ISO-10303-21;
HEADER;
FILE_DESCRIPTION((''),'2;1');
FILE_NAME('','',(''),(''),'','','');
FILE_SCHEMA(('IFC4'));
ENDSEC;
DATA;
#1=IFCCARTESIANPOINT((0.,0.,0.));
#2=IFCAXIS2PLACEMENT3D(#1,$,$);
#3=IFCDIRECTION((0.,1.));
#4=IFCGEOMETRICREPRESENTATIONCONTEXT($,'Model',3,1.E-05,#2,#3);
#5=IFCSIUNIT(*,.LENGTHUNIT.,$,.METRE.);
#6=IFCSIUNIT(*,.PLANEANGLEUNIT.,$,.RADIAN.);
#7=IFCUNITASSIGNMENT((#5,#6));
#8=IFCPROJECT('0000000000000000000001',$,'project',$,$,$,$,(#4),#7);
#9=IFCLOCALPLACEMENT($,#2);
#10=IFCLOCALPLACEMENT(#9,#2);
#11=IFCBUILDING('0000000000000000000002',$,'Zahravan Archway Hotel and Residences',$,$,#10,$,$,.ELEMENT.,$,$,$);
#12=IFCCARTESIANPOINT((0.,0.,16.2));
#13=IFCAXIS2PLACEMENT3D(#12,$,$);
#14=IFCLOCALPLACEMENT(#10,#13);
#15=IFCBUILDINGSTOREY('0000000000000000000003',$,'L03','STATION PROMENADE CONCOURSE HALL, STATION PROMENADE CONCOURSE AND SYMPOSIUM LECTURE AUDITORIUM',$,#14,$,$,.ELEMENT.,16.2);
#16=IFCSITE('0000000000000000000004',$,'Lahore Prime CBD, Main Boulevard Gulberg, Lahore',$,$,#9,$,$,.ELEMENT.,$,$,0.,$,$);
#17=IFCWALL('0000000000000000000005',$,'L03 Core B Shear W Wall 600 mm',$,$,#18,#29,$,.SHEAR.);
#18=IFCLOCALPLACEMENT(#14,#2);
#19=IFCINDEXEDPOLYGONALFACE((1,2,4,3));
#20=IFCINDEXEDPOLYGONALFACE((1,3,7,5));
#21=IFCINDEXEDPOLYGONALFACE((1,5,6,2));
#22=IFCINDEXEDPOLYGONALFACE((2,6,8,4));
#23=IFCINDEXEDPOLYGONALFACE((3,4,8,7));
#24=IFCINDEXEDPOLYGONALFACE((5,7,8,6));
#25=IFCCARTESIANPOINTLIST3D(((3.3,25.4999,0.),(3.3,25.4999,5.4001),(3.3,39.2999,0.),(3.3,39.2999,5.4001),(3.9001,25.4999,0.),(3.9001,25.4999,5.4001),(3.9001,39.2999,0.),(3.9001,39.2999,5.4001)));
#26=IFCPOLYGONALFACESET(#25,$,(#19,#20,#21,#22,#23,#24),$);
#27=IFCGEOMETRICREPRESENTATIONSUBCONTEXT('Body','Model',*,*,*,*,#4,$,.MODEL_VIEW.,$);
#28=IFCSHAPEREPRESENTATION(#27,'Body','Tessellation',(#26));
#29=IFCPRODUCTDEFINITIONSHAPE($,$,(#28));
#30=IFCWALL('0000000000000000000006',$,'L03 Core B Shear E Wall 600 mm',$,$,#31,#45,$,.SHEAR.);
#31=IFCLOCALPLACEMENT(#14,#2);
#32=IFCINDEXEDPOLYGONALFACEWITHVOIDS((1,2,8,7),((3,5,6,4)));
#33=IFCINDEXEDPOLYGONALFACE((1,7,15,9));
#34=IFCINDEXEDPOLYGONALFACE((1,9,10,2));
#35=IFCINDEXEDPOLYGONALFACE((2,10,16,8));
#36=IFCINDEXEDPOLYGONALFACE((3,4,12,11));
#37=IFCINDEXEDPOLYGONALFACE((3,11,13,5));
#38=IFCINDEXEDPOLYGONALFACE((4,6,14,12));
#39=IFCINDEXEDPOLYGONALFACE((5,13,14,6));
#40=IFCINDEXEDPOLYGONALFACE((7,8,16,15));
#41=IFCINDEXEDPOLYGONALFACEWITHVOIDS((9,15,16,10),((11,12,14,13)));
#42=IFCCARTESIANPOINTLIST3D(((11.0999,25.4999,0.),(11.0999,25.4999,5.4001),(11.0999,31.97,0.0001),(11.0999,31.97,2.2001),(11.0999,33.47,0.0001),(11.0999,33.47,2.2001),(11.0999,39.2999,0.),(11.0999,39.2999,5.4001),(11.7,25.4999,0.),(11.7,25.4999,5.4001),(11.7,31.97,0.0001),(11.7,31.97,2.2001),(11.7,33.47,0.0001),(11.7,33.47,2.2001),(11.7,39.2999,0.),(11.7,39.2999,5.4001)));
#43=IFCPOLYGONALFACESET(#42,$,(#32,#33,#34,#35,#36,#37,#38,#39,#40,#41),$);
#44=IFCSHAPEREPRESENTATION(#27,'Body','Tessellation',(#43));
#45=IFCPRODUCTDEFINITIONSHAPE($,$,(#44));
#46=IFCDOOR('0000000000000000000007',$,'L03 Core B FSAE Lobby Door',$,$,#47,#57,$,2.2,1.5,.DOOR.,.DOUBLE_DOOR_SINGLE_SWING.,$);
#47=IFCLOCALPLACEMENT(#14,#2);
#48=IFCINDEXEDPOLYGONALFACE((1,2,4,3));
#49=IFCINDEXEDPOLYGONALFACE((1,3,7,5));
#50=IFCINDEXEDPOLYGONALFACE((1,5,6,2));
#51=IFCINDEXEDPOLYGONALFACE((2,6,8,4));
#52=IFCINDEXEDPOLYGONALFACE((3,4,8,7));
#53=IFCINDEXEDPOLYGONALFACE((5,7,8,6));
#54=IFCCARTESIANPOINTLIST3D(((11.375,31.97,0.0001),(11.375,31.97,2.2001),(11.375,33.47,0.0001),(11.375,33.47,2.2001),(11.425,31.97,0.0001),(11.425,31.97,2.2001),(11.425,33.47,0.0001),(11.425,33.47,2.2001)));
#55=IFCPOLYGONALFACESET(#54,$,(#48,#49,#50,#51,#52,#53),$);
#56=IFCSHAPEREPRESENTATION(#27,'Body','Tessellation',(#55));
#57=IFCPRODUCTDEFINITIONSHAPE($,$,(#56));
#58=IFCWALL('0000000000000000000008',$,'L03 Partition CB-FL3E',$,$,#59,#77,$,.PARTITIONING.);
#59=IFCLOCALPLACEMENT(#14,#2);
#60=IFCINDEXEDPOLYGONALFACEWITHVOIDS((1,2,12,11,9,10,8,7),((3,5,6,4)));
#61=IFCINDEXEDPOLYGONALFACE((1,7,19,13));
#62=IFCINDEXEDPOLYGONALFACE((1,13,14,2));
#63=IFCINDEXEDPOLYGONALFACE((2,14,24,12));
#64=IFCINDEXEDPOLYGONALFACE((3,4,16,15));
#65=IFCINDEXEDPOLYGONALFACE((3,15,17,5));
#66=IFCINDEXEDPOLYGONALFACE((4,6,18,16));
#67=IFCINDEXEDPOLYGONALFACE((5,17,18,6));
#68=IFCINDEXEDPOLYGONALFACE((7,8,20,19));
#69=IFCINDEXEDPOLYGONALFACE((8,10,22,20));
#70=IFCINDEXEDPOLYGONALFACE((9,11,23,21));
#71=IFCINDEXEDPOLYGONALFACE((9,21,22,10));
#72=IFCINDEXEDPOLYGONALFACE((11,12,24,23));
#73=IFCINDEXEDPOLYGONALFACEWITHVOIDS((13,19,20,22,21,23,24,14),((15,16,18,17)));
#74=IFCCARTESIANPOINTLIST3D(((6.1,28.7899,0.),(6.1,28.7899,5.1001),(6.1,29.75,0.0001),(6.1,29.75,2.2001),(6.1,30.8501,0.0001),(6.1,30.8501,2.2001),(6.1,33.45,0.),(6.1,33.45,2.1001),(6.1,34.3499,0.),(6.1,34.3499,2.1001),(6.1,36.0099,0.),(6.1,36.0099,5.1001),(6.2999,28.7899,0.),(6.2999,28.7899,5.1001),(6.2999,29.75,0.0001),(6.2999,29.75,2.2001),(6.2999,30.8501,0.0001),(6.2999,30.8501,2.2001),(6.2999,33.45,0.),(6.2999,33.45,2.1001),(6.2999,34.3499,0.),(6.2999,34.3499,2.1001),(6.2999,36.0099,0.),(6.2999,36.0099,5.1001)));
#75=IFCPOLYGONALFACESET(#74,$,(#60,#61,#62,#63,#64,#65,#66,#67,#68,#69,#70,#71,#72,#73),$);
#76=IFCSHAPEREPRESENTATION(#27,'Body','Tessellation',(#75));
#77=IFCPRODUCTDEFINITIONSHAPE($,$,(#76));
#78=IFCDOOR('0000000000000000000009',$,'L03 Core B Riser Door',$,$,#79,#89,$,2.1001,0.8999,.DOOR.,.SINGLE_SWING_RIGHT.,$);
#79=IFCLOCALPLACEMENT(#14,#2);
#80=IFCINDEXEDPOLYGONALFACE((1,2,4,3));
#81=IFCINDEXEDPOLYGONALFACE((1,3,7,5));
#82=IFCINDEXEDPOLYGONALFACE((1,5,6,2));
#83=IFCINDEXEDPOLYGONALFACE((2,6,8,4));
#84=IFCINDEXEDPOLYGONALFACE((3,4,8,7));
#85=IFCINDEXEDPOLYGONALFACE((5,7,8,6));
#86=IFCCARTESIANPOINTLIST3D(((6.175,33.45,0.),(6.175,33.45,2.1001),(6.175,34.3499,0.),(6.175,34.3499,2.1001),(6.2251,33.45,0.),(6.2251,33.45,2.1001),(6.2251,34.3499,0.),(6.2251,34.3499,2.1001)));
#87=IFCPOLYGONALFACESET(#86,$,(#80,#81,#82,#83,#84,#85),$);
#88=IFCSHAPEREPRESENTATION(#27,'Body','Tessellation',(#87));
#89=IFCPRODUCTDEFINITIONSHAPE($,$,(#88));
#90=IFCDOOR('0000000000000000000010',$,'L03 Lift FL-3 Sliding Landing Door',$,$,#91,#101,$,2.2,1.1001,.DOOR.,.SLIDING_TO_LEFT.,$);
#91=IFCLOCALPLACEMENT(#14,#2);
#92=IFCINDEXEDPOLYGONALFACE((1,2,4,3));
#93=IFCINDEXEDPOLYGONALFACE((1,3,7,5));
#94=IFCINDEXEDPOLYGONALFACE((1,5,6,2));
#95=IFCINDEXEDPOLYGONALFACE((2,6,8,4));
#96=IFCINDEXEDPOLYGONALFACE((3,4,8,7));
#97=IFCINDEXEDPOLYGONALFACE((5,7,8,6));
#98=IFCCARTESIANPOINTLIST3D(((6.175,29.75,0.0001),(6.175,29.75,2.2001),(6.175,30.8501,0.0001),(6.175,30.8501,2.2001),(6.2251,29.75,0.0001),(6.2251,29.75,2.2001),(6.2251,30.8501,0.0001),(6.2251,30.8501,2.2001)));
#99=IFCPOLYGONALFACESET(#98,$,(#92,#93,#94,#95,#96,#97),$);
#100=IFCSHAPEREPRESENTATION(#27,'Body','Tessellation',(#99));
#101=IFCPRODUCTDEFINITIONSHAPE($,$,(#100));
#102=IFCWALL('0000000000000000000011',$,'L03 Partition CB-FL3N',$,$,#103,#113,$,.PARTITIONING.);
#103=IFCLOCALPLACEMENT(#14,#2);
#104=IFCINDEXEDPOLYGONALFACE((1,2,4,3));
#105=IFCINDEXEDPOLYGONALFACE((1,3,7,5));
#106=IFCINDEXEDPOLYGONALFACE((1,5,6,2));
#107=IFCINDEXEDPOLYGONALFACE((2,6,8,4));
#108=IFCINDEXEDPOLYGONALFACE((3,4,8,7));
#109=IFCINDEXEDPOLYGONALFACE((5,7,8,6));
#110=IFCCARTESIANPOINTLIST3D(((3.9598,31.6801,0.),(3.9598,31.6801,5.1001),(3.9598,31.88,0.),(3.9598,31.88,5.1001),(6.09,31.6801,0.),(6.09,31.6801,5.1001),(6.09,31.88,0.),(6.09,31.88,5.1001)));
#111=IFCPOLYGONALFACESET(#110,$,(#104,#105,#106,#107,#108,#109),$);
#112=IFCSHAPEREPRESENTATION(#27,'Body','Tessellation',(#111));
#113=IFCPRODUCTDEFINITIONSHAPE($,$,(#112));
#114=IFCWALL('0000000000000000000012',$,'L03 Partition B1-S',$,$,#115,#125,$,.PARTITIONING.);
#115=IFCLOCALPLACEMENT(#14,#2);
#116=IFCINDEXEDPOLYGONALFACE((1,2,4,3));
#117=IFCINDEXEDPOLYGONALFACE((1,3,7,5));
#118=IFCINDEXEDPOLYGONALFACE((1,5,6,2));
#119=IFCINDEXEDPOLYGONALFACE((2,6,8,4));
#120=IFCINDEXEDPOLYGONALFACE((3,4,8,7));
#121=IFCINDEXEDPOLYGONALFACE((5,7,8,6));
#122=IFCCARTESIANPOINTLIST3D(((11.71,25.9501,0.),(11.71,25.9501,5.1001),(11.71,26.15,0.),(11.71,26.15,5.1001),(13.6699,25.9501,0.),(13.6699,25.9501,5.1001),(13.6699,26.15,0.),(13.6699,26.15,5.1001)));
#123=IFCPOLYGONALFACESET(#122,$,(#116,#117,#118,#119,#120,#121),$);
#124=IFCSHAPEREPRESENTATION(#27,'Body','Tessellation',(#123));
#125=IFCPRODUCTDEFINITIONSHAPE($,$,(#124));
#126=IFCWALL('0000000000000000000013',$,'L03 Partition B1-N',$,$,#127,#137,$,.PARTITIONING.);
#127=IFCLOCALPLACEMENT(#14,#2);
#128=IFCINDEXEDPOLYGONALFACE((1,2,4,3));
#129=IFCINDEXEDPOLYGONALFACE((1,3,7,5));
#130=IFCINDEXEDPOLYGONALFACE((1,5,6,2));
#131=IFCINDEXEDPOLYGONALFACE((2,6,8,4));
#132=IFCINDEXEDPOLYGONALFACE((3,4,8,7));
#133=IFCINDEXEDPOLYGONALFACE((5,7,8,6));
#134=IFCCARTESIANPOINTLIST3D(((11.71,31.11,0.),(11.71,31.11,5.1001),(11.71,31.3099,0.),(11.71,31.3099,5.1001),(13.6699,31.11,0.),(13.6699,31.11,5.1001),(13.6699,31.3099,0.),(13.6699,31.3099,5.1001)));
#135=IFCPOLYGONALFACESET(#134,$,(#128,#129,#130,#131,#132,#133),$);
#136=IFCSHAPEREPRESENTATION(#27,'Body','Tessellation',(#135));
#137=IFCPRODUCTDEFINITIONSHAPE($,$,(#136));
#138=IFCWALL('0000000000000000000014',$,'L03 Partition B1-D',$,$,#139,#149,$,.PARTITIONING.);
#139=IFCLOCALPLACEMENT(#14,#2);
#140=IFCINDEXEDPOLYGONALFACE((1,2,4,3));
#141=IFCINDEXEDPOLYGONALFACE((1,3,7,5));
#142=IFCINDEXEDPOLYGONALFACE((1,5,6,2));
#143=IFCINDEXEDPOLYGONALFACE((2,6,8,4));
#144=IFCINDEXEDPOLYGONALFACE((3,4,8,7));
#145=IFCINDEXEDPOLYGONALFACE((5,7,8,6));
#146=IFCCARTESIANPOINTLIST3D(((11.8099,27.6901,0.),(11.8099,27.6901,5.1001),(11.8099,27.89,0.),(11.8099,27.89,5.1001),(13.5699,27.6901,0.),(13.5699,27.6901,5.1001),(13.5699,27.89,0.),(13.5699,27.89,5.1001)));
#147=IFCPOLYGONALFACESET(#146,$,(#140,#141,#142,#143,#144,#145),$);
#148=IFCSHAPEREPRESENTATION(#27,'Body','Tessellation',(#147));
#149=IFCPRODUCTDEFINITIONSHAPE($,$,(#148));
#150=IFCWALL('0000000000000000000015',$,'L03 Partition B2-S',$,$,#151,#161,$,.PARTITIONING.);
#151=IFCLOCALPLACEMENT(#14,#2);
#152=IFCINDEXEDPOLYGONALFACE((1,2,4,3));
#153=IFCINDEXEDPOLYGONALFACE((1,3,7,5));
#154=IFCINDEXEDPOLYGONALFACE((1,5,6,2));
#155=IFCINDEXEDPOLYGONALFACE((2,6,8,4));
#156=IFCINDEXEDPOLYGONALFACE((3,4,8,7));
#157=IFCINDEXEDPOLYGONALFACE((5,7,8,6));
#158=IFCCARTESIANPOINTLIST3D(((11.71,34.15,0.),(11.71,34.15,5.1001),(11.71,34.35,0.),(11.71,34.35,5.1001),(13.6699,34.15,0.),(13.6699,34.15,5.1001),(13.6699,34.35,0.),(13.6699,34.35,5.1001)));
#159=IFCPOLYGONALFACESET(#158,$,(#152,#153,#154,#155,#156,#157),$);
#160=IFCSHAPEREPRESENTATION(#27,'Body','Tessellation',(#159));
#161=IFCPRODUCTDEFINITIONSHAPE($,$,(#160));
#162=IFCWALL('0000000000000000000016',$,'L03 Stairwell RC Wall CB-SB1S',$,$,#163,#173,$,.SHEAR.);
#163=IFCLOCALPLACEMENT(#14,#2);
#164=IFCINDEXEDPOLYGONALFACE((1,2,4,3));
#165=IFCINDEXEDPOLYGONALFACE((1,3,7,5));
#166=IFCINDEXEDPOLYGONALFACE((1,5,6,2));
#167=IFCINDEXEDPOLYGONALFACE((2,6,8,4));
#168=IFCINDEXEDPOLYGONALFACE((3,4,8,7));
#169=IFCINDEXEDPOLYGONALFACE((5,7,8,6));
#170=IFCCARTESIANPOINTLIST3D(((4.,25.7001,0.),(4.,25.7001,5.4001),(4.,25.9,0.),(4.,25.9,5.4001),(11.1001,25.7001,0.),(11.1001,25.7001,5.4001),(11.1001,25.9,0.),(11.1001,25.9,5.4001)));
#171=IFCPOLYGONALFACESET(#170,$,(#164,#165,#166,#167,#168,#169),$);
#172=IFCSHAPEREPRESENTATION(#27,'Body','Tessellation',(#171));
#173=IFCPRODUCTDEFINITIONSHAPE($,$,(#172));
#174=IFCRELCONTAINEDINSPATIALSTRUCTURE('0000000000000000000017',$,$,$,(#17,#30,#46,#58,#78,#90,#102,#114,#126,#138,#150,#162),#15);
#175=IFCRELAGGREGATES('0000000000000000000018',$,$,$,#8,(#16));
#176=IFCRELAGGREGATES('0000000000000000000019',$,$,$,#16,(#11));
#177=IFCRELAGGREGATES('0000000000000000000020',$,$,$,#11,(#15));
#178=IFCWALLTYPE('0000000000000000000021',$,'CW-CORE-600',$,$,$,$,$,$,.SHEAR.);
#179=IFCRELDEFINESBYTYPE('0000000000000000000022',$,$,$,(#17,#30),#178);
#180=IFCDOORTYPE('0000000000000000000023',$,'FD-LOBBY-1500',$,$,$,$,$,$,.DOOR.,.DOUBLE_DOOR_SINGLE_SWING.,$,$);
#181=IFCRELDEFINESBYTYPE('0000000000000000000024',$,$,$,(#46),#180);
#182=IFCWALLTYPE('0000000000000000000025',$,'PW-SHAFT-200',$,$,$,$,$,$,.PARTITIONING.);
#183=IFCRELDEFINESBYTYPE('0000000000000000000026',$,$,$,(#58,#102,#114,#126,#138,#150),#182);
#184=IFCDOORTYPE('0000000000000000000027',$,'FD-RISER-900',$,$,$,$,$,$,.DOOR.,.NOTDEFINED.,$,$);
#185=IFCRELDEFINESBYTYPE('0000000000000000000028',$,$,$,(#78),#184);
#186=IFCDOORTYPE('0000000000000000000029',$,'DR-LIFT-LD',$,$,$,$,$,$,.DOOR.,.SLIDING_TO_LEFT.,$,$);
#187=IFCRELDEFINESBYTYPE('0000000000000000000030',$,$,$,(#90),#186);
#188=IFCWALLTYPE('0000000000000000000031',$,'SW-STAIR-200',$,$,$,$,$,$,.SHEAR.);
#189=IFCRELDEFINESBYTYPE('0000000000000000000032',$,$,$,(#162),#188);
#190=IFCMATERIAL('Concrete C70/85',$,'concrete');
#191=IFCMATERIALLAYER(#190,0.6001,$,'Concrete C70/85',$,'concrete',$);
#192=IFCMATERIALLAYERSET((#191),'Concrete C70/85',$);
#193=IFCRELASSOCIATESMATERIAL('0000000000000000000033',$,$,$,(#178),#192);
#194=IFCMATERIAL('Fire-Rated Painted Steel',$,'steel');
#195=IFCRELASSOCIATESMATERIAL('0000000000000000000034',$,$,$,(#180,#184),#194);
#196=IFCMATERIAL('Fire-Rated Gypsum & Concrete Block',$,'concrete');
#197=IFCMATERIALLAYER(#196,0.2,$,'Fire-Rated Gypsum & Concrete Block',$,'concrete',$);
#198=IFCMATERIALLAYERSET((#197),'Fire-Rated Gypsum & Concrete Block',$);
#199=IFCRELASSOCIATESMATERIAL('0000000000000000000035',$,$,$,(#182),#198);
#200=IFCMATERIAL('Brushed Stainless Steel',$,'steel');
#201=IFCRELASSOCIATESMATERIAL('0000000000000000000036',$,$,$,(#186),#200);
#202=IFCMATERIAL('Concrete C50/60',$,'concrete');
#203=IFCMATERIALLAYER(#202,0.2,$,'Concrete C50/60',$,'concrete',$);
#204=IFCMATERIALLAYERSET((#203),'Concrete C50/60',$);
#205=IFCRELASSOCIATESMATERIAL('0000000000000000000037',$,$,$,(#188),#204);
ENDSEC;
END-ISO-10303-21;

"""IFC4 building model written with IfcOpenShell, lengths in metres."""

from ifc_helpers import new_model, si_unit, direction, frame, frame_2d, origin, place, context, subcontext, project, spatial, rectangle, extrude, source, transform, mapped, material, layer, layer_set, type_object, type_shapes, element, fill, save


model = new_model("IFC4")

# Units and contexts
model_context = context("Model", 3, precision=1e-05, world=origin(), true_north=direction((0.0, 1.0)))
body_context = subcontext(model_context, "Body", "Model", "MODEL_VIEW")
ifc_project = project(units=[si_unit("LENGTHUNIT", "METRE"), si_unit("PLANEANGLEUNIT", "RADIAN")], contexts=[model_context])

# Site, building, storey
site_placement = place(None, origin())
site = spatial("IfcSite", under=ifc_project, at=site_placement, Name="Lahore Prime CBD, Main Boulevard Gulberg, Lahore", CompositionType="ELEMENT", RefElevation=0.0)
building_placement = place(site_placement, origin())
building = spatial("IfcBuilding", under=site, at=building_placement, Name="Zahravan Archway Hotel and Residences", CompositionType="ELEMENT")
storey_placement = place(building_placement, frame((0.0, 0.0, 16.2)))
storey = spatial("IfcBuildingStorey", under=building, at=storey_placement, Name="L03", Description="STATION PROMENADE CONCOURSE HALL, STATION PROMENADE CONCOURSE AND SYMPOSIUM LECTURE AUDITORIUM", CompositionType="ELEMENT", Elevation=16.2)

# Shared definitions
ifc_material_1 = material(Name="Concrete C70/85", Category="concrete")

# Wall
ifc_layer_1 = layer(ifc_material_1, 0.6001, Name="Concrete C70/85", Category="concrete")
ifc_layer_set_1 = layer_set([ifc_layer_1], Name="Concrete C70/85")
wall_type_1 = type_object("IfcWallType", Name="CW-CORE-600", PredefinedType="SHEAR", material=ifc_layer_set_1)
wall_1_placement = place(storey_placement, frame((3.6001, 25.5, 0.0), z_axis=(0.0, 0.0, 1.0), x_axis=(0.0, 1.0, 0.0)))
element("IfcWall", 1, at=wall_1_placement, inside=storey, type_object=wall_type_1, Name="L03 Core B Shear W Wall 600 mm", PredefinedType="SHEAR", context=body_context, shape_type="SweptSolid", body=[
    extrude(rectangle(XDim=13.8, YDim=0.6001, at=frame_2d((6.8999, 0.0))), origin(), (0.0, 0.0, 1.0), 5.4001),
])

# Wall, opening, door
wall_2_placement = place(storey_placement, frame((11.3999, 25.5, 0.0), z_axis=(0.0, 0.0, 1.0), x_axis=(0.0, 1.0, 0.0)))
wall_2 = element("IfcWall", 2, at=wall_2_placement, inside=storey, type_object=wall_type_1, Name="L03 Core B Shear E Wall 600 mm", PredefinedType="SHEAR", context=body_context, shape_type="SweptSolid", body=[
    extrude(rectangle(XDim=13.8, YDim=0.6001, at=frame_2d((6.8999, 0.0))), origin(), (0.0, 0.0, 1.0), 5.4001),
])
opening_1_placement = place(wall_2_placement, frame((6.47, 0.0, 0.0)))
opening_1 = element("IfcOpeningElement", 3, at=opening_1_placement, cuts=wall_2, PredefinedType="OPENING", context=body_context, shape_type="SweptSolid", body=[
    extrude(rectangle(XDim=1.5, YDim=2.2, at=frame_2d((0.75, 1.1001))), frame((0.0, 0.3101, 0.0), z_axis=(0.0, -1.0, 0.0), x_axis=(1.0, 0.0, 0.0)), (0.0, 0.0, 1.0), 0.6201),
])
ifc_material_2 = material(Name="Fire-Rated Painted Steel", Category="steel")
door_type_1 = type_object("IfcDoorType", Name="FD-LOBBY-1500", OperationType="DOUBLE_DOOR_SINGLE_SWING", PredefinedType="DOOR", material=ifc_material_2)
shared_shape_1 = source(origin(), body_context, "Body", "SweptSolid", [
    extrude(rectangle(XDim=1.5, YDim=2.2, at=frame_2d((0.75, 1.1001))), frame((0.0, 0.0249, 0.0), z_axis=(0.0, -1.0, 0.0), x_axis=(1.0, 0.0, 0.0)), (0.0, 0.0, 1.0), 0.05),
])
type_shapes(door_type_1, [shared_shape_1])
door_1_placement = place(opening_1_placement, origin())
door_1 = element("IfcDoor", 4, at=door_1_placement, inside=storey, type_object=door_type_1, Name="L03 Core B FSAE Lobby Door", OperationType="DOUBLE_DOOR_SINGLE_SWING", OverallHeight=2.2, OverallWidth=1.5, PredefinedType="DOOR", context=body_context, shape_type="MappedRepresentation", body=[
    mapped(shared_shape_1, transform((0.0, 0.0, 0.0), scale=1.0)),
])
fill(opening_1, door_1)

# Wall, openings, doors
ifc_material_3 = material(Name="Fire-Rated Gypsum & Concrete Block", Category="concrete")
ifc_layer_2 = layer(ifc_material_3, 0.2, Name="Fire-Rated Gypsum & Concrete Block", Category="concrete")
ifc_layer_set_2 = layer_set([ifc_layer_2], Name="Fire-Rated Gypsum & Concrete Block")
wall_type_2 = type_object("IfcWallType", Name="PW-SHAFT-200", PredefinedType="PARTITIONING", material=ifc_layer_set_2)
wall_3_placement = place(storey_placement, frame((6.2, 28.79, 0.0), z_axis=(0.0, 0.0, 1.0), x_axis=(0.0, 1.0, 0.0)))
wall_3 = element("IfcWall", 5, at=wall_3_placement, inside=storey, type_object=wall_type_2, Name="L03 Partition CB-FL3E", PredefinedType="PARTITIONING", context=body_context, shape_type="SweptSolid", body=[
    extrude(rectangle(XDim=7.22, YDim=0.2, at=frame_2d((3.6099, 0.0))), origin(), (0.0, 0.0, 1.0), 5.1001),
])
opening_2_placement = place(wall_3_placement, frame((4.6599, 0.0, 0.0)))
opening_2 = element("IfcOpeningElement", 6, at=opening_2_placement, cuts=wall_3, PredefinedType="OPENING", context=body_context, shape_type="SweptSolid", body=[
    extrude(rectangle(XDim=0.8999, YDim=2.1001, at=frame_2d((0.45, 1.05))), frame((0.0, 0.1099, 0.0), z_axis=(0.0, -1.0, 0.0), x_axis=(1.0, 0.0, 0.0)), (0.0, 0.0, 1.0), 0.22),
])
opening_3_placement = place(wall_3_placement, frame((0.96, 0.0, 0.0)))
opening_3 = element("IfcOpeningElement", 7, at=opening_3_placement, cuts=wall_3, PredefinedType="OPENING", context=body_context, shape_type="SweptSolid", body=[
    extrude(rectangle(XDim=1.1001, YDim=2.2, at=frame_2d((0.55, 1.1001))), frame((0.0, 0.1099, 0.0), z_axis=(0.0, -1.0, 0.0), x_axis=(1.0, 0.0, 0.0)), (0.0, 0.0, 1.0), 0.22),
])
door_type_2 = type_object("IfcDoorType", Name="FD-RISER-900", OperationType="NOTDEFINED", PredefinedType="DOOR", material=ifc_material_2)
shared_shape_2 = source(origin(), body_context, "Body", "SweptSolid", [
    extrude(rectangle(XDim=0.8999, YDim=2.1001, at=frame_2d((0.45, 1.05))), frame((0.0, 0.0249, 0.0), z_axis=(0.0, -1.0, 0.0), x_axis=(1.0, 0.0, 0.0)), (0.0, 0.0, 1.0), 0.05),
])
type_shapes(door_type_2, [shared_shape_2])
door_2_placement = place(opening_2_placement, origin())
door_2 = element("IfcDoor", 8, at=door_2_placement, inside=storey, type_object=door_type_2, Name="L03 Core B Riser Door", OperationType="SINGLE_SWING_RIGHT", OverallHeight=2.1001, OverallWidth=0.8999, PredefinedType="DOOR", context=body_context, shape_type="MappedRepresentation", body=[
    mapped(shared_shape_2, transform((0.0, 0.0, 0.0), scale=1.0)),
])
fill(opening_2, door_2)
ifc_material_4 = material(Name="Brushed Stainless Steel", Category="steel")
door_type_3 = type_object("IfcDoorType", Name="DR-LIFT-LD", OperationType="SLIDING_TO_LEFT", PredefinedType="DOOR", material=ifc_material_4)
shared_shape_3 = source(origin(), body_context, "Body", "SweptSolid", [
    extrude(rectangle(XDim=1.1001, YDim=2.2, at=frame_2d((0.55, 1.1001))), frame((0.0, 0.0249, 0.0), z_axis=(0.0, -1.0, 0.0), x_axis=(1.0, 0.0, 0.0)), (0.0, 0.0, 1.0), 0.05),
])
type_shapes(door_type_3, [shared_shape_3])
door_3_placement = place(opening_3_placement, origin())
door_3 = element("IfcDoor", 9, at=door_3_placement, inside=storey, type_object=door_type_3, Name="L03 Lift FL-3 Sliding Landing Door", OperationType="SLIDING_TO_LEFT", OverallHeight=2.2, OverallWidth=1.1001, PredefinedType="DOOR", context=body_context, shape_type="MappedRepresentation", body=[
    mapped(shared_shape_3, transform((0.0, 0.0, 0.0), scale=1.0)),
])
fill(opening_3, door_3)

# Walls
wall_4_placement = place(storey_placement, frame((3.96, 31.78, 0.0), z_axis=(0.0, 0.0, 1.0), x_axis=(1.0, 0.0, 0.0)))
element("IfcWall", 10, at=wall_4_placement, inside=storey, type_object=wall_type_2, Name="L03 Partition CB-FL3N", PredefinedType="PARTITIONING", context=body_context, shape_type="SweptSolid", body=[
    extrude(rectangle(XDim=2.1301, YDim=0.2, at=frame_2d((1.0649, 0.0))), origin(), (0.0, 0.0, 1.0), 5.1001),
])
for number, where, z_axis, x_axis, name in (
    (11, (11.71, 26.05, 0.0), (0.0, 0.0, 1.0), (1.0, 0.0, 0.0), "L03 Partition B1-S"),
    (12, (11.71, 31.21, 0.0), (0.0, 0.0, 1.0), (1.0, 0.0, 0.0), "L03 Partition B1-N"),
):
    element("IfcWall", number, at=place(storey_placement, frame(where, z_axis=z_axis, x_axis=x_axis)), inside=storey, type_object=wall_type_2, Name=name, PredefinedType="PARTITIONING", context=body_context, shape_type="SweptSolid", body=[
        extrude(rectangle(XDim=1.96, YDim=0.2, at=frame_2d((0.98, 0.0))), origin(), (0.0, 0.0, 1.0), 5.1001),
    ])
wall_5_placement = place(storey_placement, frame((11.8101, 27.79, 0.0), z_axis=(0.0, 0.0, 1.0), x_axis=(1.0, 0.0, 0.0)))
element("IfcWall", 13, at=wall_5_placement, inside=storey, type_object=wall_type_2, Name="L03 Partition B1-D", PredefinedType="PARTITIONING", context=body_context, shape_type="SweptSolid", body=[
    extrude(rectangle(XDim=1.76, YDim=0.2, at=frame_2d((0.8799, 0.0))), origin(), (0.0, 0.0, 1.0), 5.1001),
])
wall_6_placement = place(storey_placement, frame((11.71, 34.25, 0.0), z_axis=(0.0, 0.0, 1.0), x_axis=(1.0, 0.0, 0.0)))
element("IfcWall", 14, at=wall_6_placement, inside=storey, type_object=wall_type_2, Name="L03 Partition B2-S", PredefinedType="PARTITIONING", context=body_context, shape_type="SweptSolid", body=[
    extrude(rectangle(XDim=1.96, YDim=0.2, at=frame_2d((0.98, 0.0))), origin(), (0.0, 0.0, 1.0), 5.1001),
])
ifc_material_5 = material(Name="Concrete C50/60", Category="concrete")
ifc_layer_3 = layer(ifc_material_5, 0.2, Name="Concrete C50/60", Category="concrete")
ifc_layer_set_3 = layer_set([ifc_layer_3], Name="Concrete C50/60")
wall_type_3 = type_object("IfcWallType", Name="SW-STAIR-200", PredefinedType="SHEAR", material=ifc_layer_set_3)
wall_7_placement = place(storey_placement, frame((4.0, 25.8, 0.0), z_axis=(0.0, 0.0, 1.0), x_axis=(1.0, 0.0, 0.0)))
element("IfcWall", 15, at=wall_7_placement, inside=storey, type_object=wall_type_3, Name="L03 Stairwell RC Wall CB-SB1S", PredefinedType="SHEAR", context=body_context, shape_type="SweptSolid", body=[
    extrude(rectangle(XDim=7.1001, YDim=0.2, at=frame_2d((3.55, 0.0))), origin(), (0.0, 0.0, 1.0), 5.4001),
])

save(model, "model.ifc")
